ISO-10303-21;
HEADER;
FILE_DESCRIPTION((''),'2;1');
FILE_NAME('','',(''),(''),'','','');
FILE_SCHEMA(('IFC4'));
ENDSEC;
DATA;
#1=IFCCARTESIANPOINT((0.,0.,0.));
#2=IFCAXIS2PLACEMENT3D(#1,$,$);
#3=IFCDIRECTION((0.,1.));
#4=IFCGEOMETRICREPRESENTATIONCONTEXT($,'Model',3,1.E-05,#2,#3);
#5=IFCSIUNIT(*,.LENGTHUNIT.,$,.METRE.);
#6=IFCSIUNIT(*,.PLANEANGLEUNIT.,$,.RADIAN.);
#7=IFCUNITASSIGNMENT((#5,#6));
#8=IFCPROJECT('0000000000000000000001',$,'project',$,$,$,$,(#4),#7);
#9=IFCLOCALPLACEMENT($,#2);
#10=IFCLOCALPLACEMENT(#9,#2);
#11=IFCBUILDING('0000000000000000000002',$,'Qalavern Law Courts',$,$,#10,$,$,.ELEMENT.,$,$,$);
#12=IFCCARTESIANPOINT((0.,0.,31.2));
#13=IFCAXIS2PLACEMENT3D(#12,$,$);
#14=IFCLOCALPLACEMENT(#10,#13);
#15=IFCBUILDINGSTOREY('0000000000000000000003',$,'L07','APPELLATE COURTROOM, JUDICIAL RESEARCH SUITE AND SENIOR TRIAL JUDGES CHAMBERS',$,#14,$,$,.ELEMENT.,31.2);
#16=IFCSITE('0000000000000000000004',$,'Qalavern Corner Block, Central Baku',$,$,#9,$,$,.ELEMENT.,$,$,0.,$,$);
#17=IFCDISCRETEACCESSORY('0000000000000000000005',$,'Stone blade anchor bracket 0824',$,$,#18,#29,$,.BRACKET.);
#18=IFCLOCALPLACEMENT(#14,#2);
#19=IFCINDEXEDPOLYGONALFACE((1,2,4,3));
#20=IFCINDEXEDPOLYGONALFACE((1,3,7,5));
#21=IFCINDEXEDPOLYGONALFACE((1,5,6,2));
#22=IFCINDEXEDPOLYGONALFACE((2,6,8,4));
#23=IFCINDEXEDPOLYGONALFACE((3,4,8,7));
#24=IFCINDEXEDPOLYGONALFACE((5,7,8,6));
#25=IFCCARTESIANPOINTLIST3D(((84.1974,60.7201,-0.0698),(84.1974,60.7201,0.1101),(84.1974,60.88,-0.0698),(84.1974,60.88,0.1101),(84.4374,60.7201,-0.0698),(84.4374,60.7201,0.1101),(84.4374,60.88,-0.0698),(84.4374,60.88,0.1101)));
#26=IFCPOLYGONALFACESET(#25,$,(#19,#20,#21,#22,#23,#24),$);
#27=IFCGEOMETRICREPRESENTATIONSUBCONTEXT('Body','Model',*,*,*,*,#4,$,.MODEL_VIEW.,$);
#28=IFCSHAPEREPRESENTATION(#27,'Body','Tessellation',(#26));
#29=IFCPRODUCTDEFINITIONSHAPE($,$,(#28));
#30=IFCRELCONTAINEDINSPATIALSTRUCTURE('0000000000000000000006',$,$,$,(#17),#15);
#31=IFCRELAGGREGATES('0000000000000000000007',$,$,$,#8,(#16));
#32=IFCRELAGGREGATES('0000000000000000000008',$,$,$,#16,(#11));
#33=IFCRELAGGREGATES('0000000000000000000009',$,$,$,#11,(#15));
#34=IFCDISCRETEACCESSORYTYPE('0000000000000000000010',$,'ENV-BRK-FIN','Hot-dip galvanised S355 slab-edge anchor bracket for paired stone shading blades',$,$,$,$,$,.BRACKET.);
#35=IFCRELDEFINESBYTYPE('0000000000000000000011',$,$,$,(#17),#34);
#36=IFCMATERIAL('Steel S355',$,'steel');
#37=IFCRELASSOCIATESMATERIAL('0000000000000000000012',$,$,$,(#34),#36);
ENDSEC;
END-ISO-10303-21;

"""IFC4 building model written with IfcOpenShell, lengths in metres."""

from ifc_helpers import new_model, si_unit, direction, frame, origin, origin_2d, place, context, subcontext, project, spatial, rectangle, extrude, material, type_object, element, save


model = new_model("IFC4")

# Units and contexts
model_context = context("Model", 3, precision=1e-05, world=origin(), true_north=direction((0.0, 1.0)))
body_context = subcontext(model_context, "Body", "Model", "MODEL_VIEW")
ifc_project = project(units=[si_unit("LENGTHUNIT", "METRE"), si_unit("PLANEANGLEUNIT", "RADIAN")], contexts=[model_context])

# Site, building, storey
site_placement = place(None, origin())
site = spatial("IfcSite", under=ifc_project, at=site_placement, Name="Qalavern Corner Block, Central Baku", CompositionType="ELEMENT", RefElevation=0.0)
building_placement = place(site_placement, origin())
building = spatial("IfcBuilding", under=site, at=building_placement, Name="Qalavern Law Courts", CompositionType="ELEMENT")
storey_placement = place(building_placement, frame((0.0, 0.0, 31.2)))
storey = spatial("IfcBuildingStorey", under=building, at=storey_placement, Name="L07", Description="APPELLATE COURTROOM, JUDICIAL RESEARCH SUITE AND SENIOR TRIAL JUDGES CHAMBERS", CompositionType="ELEMENT", Elevation=31.2)

# Shared definitions
ifc_material_1 = material(Name="Steel S355", Category="steel")

# Discrete accessory
discrete_accessory_type = type_object("IfcDiscreteAccessoryType", Name="ENV-BRK-FIN", Description="Hot-dip galvanised S355 slab-edge anchor bracket for paired stone shading blades", PredefinedType="BRACKET", material=ifc_material_1)
for number, where, z_axis, x_axis, name in (
    (1, (84.3174, 60.8, -0.0698), (0.0, 0.0, 1.0), (-1.0, 0.0, 0.0), "Stone blade anchor bracket 0824"),
):
    element("IfcDiscreteAccessory", number, at=place(storey_placement, frame(where, z_axis=z_axis, x_axis=x_axis)), inside=storey, type_object=discrete_accessory_type, Name=name, PredefinedType="BRACKET", context=body_context, shape_type="SweptSolid", body=[
        extrude(rectangle(XDim=0.24, YDim=0.1599, at=origin_2d()), origin(), (0.0, 0.0, 1.0), 0.1799),
    ])

save(model, "model.ifc")
